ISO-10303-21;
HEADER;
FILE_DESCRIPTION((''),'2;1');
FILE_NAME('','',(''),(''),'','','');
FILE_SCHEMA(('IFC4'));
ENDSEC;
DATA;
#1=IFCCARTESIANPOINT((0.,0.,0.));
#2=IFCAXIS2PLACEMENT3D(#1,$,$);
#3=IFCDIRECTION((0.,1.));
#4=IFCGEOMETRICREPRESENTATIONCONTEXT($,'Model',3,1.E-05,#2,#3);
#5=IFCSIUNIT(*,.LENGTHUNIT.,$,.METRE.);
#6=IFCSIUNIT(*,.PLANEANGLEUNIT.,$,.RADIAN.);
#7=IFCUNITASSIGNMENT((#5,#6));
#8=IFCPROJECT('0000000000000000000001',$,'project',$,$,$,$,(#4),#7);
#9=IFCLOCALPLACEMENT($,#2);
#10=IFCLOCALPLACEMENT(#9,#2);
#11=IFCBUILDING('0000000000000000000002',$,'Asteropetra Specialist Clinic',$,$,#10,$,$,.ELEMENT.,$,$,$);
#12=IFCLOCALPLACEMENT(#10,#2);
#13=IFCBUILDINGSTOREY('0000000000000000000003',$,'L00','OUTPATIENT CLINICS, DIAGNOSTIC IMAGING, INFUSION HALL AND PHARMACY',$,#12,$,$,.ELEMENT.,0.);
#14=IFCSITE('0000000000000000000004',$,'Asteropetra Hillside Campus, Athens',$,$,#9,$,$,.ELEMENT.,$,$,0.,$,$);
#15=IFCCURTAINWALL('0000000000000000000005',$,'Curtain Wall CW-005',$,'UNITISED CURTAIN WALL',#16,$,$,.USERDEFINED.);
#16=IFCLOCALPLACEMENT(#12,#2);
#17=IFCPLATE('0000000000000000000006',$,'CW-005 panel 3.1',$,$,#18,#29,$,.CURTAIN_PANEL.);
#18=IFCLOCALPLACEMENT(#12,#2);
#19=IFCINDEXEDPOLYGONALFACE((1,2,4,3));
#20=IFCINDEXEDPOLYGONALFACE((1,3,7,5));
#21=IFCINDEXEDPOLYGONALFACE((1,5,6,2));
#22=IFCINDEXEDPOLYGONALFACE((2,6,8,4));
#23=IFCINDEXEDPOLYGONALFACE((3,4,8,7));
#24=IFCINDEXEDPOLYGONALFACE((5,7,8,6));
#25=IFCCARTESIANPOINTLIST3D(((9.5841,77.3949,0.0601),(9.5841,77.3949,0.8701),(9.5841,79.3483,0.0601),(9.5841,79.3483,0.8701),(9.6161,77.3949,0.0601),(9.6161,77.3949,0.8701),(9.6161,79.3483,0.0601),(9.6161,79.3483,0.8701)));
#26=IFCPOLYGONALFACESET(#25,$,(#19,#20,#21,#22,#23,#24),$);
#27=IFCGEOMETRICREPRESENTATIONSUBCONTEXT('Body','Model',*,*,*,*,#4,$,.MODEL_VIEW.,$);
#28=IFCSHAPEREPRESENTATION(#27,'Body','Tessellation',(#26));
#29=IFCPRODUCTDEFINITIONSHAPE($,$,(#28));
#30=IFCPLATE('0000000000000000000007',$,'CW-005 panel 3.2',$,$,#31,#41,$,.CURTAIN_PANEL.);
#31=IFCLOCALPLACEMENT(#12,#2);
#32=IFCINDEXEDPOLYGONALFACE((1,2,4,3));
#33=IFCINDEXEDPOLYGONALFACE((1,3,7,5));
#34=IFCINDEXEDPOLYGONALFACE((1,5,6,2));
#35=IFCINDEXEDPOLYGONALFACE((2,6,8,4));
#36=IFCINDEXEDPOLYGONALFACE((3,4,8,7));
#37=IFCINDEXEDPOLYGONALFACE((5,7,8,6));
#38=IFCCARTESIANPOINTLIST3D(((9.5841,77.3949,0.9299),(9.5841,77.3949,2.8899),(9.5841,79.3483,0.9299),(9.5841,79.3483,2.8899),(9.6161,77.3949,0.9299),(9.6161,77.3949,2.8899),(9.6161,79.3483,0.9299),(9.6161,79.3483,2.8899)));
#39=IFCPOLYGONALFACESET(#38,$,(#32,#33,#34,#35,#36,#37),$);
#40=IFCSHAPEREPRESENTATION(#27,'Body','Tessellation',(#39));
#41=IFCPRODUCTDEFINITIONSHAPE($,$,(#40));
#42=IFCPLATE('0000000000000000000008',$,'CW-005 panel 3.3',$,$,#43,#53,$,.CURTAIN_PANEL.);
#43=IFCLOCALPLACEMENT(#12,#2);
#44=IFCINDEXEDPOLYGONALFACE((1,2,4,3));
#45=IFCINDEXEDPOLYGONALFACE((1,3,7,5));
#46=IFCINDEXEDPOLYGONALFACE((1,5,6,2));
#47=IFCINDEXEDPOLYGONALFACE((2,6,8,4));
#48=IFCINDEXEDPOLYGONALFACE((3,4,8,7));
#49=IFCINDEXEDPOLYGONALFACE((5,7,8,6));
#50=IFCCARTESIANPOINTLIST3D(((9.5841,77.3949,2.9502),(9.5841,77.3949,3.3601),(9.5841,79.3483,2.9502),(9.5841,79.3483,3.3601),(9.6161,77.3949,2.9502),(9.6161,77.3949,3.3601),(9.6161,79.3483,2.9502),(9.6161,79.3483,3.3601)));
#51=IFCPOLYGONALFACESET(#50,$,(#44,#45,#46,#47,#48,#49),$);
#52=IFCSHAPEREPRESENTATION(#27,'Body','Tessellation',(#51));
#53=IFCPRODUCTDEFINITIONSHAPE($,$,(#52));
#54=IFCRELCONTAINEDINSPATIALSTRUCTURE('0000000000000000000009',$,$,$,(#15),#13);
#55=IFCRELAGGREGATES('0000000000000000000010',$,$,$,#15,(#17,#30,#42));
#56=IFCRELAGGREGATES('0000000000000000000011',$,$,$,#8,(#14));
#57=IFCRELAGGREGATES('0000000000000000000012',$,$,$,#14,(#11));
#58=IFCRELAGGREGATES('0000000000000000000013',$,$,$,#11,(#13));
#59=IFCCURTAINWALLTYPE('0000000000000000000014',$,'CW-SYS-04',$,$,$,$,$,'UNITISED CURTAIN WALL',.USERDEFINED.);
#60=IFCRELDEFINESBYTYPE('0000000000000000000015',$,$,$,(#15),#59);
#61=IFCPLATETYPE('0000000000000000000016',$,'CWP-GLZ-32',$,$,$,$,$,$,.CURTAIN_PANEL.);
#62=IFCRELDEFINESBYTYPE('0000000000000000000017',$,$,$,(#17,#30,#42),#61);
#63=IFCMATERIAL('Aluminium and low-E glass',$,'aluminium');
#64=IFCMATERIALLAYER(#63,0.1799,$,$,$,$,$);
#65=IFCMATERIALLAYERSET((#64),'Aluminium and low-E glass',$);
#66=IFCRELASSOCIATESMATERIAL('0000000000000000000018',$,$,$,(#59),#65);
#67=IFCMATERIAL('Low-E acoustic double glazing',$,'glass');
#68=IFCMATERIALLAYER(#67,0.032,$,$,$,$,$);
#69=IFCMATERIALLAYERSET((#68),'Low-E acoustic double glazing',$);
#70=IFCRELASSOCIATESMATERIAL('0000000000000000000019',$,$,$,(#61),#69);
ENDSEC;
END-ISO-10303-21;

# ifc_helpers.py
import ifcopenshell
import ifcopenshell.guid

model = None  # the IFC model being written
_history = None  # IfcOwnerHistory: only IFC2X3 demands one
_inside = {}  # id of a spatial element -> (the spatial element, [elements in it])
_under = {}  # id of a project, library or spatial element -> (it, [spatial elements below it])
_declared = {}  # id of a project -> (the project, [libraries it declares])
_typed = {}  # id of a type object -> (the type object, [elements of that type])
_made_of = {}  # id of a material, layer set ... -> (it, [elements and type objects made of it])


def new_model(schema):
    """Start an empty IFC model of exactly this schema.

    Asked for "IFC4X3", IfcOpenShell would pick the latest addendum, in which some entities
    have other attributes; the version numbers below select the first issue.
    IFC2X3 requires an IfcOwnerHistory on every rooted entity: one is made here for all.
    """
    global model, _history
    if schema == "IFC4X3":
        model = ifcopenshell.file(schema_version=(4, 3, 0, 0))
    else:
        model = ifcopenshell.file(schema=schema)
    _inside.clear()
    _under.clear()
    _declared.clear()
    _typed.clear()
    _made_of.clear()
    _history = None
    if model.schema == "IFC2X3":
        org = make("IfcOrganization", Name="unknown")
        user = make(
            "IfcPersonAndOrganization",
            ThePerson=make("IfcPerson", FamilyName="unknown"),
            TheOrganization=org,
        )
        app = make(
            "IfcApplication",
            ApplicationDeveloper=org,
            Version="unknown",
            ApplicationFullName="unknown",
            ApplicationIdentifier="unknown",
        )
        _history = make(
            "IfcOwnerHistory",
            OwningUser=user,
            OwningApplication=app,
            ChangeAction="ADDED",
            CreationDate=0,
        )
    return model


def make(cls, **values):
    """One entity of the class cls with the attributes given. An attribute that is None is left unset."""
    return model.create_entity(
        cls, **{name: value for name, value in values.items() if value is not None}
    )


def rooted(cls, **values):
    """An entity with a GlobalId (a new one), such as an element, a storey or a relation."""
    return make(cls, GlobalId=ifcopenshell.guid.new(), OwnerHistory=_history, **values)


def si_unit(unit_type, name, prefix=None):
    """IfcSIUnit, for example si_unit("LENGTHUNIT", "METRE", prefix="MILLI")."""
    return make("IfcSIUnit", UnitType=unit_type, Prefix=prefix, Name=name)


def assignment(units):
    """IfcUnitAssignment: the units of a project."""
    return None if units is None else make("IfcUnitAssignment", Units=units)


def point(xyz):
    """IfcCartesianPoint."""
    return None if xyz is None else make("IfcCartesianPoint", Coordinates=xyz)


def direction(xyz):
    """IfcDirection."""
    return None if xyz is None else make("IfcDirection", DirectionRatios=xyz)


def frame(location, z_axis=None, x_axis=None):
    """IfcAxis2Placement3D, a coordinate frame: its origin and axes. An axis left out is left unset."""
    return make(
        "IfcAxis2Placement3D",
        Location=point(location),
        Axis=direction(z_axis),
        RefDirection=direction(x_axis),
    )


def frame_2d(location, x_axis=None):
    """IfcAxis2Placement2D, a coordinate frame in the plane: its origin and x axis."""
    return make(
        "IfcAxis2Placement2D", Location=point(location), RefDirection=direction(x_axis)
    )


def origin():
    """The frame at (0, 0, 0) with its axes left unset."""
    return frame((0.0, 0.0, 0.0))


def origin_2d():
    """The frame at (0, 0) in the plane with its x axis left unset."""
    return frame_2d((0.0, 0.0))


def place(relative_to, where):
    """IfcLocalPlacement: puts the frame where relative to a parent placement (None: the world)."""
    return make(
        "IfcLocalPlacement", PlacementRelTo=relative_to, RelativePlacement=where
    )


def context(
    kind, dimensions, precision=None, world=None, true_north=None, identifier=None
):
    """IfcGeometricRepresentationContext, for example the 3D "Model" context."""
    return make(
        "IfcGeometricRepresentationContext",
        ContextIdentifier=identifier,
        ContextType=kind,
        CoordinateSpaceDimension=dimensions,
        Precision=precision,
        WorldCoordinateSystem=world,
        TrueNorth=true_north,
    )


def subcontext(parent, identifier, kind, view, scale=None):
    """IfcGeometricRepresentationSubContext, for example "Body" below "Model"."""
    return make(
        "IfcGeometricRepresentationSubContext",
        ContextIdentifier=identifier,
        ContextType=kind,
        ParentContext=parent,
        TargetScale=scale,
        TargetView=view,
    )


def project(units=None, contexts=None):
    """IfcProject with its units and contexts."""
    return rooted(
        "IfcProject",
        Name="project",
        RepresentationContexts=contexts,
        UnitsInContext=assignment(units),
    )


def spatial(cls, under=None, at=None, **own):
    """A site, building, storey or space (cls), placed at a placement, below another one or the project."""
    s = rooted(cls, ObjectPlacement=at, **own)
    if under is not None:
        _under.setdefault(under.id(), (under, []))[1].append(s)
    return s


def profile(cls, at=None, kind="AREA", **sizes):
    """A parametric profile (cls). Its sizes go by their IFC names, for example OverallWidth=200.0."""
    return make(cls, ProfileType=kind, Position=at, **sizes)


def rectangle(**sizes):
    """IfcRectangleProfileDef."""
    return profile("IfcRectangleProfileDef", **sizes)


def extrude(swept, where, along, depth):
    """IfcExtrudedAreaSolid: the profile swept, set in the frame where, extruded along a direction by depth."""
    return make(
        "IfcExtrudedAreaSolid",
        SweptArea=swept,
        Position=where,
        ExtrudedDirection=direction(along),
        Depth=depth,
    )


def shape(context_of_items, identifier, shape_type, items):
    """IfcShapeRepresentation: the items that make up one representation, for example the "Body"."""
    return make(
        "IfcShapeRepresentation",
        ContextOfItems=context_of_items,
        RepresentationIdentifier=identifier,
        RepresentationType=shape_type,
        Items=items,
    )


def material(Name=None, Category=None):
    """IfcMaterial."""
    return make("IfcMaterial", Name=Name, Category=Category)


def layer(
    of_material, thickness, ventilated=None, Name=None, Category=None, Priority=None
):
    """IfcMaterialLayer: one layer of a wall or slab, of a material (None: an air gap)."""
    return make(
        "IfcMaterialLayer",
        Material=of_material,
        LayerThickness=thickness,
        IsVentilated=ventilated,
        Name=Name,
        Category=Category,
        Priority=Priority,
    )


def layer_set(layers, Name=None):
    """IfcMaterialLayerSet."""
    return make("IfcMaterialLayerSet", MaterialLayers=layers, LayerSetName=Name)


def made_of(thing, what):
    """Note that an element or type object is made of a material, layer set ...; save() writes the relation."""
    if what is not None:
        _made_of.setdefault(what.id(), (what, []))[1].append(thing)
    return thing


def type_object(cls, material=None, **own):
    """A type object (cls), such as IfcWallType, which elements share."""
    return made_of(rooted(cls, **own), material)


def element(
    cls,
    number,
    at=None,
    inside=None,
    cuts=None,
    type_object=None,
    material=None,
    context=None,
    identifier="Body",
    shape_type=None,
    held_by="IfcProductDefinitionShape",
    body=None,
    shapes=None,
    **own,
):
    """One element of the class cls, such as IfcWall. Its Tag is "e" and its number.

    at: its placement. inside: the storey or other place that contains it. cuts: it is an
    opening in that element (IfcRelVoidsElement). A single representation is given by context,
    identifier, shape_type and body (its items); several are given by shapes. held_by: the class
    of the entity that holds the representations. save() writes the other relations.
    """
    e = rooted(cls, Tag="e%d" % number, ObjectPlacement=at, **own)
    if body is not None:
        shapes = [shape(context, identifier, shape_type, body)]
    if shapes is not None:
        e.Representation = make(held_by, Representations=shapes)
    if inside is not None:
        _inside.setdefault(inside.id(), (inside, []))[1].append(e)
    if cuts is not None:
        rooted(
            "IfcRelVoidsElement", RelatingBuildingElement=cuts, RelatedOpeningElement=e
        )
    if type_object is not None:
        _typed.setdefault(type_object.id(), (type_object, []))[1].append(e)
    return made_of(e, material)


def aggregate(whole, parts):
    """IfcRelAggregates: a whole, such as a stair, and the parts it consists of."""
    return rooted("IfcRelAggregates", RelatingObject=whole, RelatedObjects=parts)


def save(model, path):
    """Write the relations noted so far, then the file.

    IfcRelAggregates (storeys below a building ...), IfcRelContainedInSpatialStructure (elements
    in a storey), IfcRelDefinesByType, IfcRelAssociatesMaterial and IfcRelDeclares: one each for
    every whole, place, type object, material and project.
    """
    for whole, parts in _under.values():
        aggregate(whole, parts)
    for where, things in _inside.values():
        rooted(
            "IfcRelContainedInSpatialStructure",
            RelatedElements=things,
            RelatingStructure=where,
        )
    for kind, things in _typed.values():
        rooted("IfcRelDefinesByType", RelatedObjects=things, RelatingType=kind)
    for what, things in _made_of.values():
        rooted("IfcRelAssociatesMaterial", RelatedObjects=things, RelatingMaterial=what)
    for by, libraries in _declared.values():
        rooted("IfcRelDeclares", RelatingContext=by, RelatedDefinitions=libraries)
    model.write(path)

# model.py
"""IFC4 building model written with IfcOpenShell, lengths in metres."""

from ifc_helpers import new_model, si_unit, direction, frame, origin, origin_2d, place, context, subcontext, project, spatial, rectangle, extrude, material, layer, layer_set, type_object, element, aggregate, save


model = new_model("IFC4")

# Units and contexts
model_context = context("Model", 3, precision=1e-05, world=origin(), true_north=direction((0.0, 1.0)))
body_context = subcontext(model_context, "Body", "Model", "MODEL_VIEW")
ifc_project = project(units=[si_unit("LENGTHUNIT", "METRE"), si_unit("PLANEANGLEUNIT", "RADIAN")], contexts=[model_context])

# Site, building, storey
site_placement = place(None, origin())
site = spatial("IfcSite", under=ifc_project, at=site_placement, Name="Asteropetra Hillside Campus, Athens", CompositionType="ELEMENT", RefElevation=0.0)
building_placement = place(site_placement, origin())
building = spatial("IfcBuilding", under=site, at=building_placement, Name="Asteropetra Specialist Clinic", CompositionType="ELEMENT")
storey_placement = place(building_placement, origin())
storey = spatial("IfcBuildingStorey", under=building, at=storey_placement, Name="L00", Description="OUTPATIENT CLINICS, DIAGNOSTIC IMAGING, INFUSION HALL AND PHARMACY", CompositionType="ELEMENT", Elevation=0.0)

# Curtain wall
ifc_material_1 = material(Name="Aluminium and low-E glass", Category="aluminium")
ifc_layer_1 = layer(ifc_material_1, 0.1799)
ifc_layer_set_1 = layer_set([ifc_layer_1], Name="Aluminium and low-E glass")
curtain_wall_type_1 = type_object("IfcCurtainWallType", Name="CW-SYS-04", ElementType="UNITISED CURTAIN WALL", PredefinedType="USERDEFINED", material=ifc_layer_set_1)
curtain_wall_1_placement = place(storey_placement, origin())
curtain_wall_1 = element("IfcCurtainWall", 1, at=curtain_wall_1_placement, inside=storey, type_object=curtain_wall_type_1, Name="Curtain Wall CW-005", ObjectType="UNITISED CURTAIN WALL", PredefinedType="USERDEFINED")

# Plates
ifc_material_2 = material(Name="Low-E acoustic double glazing", Category="glass")
ifc_layer_2 = layer(ifc_material_2, 0.032)
ifc_layer_set_2 = layer_set([ifc_layer_2], Name="Low-E acoustic double glazing")
plate_type = type_object("IfcPlateType", Name="CWP-GLZ-32", PredefinedType="CURTAIN_PANEL", material=ifc_layer_set_2)
plate_1_placement = place(storey_placement, frame((9.6001, 78.3716, 0.0601), z_axis=(0.0, 0.0, 1.0), x_axis=(0.0, -1.0, 0.0)))
plate_1 = element("IfcPlate", 2, at=plate_1_placement, type_object=plate_type, Name="CW-005 panel 3.1", PredefinedType="CURTAIN_PANEL", context=body_context, shape_type="SweptSolid", body=[
    extrude(rectangle(XDim=1.9534, YDim=0.032, at=origin_2d()), origin(), (0.0, 0.0, 1.0), 0.8101),
])
plate_2_placement = place(storey_placement, frame((9.6001, 78.3716, 0.9299), z_axis=(0.0, 0.0, 1.0), x_axis=(0.0, -1.0, 0.0)))
plate_2 = element("IfcPlate", 3, at=plate_2_placement, type_object=plate_type, Name="CW-005 panel 3.2", PredefinedType="CURTAIN_PANEL", context=body_context, shape_type="SweptSolid", body=[
    extrude(rectangle(XDim=1.9534, YDim=0.032, at=origin_2d()), origin(), (0.0, 0.0, 1.0), 1.96),
])
plate_3_placement = place(storey_placement, frame((9.6001, 78.3716, 2.9502), z_axis=(0.0, 0.0, 1.0), x_axis=(0.0, -1.0, 0.0)))
plate_3 = element("IfcPlate", 4, at=plate_3_placement, type_object=plate_type, Name="CW-005 panel 3.3", PredefinedType="CURTAIN_PANEL", context=body_context, shape_type="SweptSolid", body=[
    extrude(rectangle(XDim=1.9534, YDim=0.032, at=origin_2d()), origin(), (0.0, 0.0, 1.0), 0.4099),
])
aggregate(curtain_wall_1, [plate_1, plate_2, plate_3])

save(model, "model.ifc")
